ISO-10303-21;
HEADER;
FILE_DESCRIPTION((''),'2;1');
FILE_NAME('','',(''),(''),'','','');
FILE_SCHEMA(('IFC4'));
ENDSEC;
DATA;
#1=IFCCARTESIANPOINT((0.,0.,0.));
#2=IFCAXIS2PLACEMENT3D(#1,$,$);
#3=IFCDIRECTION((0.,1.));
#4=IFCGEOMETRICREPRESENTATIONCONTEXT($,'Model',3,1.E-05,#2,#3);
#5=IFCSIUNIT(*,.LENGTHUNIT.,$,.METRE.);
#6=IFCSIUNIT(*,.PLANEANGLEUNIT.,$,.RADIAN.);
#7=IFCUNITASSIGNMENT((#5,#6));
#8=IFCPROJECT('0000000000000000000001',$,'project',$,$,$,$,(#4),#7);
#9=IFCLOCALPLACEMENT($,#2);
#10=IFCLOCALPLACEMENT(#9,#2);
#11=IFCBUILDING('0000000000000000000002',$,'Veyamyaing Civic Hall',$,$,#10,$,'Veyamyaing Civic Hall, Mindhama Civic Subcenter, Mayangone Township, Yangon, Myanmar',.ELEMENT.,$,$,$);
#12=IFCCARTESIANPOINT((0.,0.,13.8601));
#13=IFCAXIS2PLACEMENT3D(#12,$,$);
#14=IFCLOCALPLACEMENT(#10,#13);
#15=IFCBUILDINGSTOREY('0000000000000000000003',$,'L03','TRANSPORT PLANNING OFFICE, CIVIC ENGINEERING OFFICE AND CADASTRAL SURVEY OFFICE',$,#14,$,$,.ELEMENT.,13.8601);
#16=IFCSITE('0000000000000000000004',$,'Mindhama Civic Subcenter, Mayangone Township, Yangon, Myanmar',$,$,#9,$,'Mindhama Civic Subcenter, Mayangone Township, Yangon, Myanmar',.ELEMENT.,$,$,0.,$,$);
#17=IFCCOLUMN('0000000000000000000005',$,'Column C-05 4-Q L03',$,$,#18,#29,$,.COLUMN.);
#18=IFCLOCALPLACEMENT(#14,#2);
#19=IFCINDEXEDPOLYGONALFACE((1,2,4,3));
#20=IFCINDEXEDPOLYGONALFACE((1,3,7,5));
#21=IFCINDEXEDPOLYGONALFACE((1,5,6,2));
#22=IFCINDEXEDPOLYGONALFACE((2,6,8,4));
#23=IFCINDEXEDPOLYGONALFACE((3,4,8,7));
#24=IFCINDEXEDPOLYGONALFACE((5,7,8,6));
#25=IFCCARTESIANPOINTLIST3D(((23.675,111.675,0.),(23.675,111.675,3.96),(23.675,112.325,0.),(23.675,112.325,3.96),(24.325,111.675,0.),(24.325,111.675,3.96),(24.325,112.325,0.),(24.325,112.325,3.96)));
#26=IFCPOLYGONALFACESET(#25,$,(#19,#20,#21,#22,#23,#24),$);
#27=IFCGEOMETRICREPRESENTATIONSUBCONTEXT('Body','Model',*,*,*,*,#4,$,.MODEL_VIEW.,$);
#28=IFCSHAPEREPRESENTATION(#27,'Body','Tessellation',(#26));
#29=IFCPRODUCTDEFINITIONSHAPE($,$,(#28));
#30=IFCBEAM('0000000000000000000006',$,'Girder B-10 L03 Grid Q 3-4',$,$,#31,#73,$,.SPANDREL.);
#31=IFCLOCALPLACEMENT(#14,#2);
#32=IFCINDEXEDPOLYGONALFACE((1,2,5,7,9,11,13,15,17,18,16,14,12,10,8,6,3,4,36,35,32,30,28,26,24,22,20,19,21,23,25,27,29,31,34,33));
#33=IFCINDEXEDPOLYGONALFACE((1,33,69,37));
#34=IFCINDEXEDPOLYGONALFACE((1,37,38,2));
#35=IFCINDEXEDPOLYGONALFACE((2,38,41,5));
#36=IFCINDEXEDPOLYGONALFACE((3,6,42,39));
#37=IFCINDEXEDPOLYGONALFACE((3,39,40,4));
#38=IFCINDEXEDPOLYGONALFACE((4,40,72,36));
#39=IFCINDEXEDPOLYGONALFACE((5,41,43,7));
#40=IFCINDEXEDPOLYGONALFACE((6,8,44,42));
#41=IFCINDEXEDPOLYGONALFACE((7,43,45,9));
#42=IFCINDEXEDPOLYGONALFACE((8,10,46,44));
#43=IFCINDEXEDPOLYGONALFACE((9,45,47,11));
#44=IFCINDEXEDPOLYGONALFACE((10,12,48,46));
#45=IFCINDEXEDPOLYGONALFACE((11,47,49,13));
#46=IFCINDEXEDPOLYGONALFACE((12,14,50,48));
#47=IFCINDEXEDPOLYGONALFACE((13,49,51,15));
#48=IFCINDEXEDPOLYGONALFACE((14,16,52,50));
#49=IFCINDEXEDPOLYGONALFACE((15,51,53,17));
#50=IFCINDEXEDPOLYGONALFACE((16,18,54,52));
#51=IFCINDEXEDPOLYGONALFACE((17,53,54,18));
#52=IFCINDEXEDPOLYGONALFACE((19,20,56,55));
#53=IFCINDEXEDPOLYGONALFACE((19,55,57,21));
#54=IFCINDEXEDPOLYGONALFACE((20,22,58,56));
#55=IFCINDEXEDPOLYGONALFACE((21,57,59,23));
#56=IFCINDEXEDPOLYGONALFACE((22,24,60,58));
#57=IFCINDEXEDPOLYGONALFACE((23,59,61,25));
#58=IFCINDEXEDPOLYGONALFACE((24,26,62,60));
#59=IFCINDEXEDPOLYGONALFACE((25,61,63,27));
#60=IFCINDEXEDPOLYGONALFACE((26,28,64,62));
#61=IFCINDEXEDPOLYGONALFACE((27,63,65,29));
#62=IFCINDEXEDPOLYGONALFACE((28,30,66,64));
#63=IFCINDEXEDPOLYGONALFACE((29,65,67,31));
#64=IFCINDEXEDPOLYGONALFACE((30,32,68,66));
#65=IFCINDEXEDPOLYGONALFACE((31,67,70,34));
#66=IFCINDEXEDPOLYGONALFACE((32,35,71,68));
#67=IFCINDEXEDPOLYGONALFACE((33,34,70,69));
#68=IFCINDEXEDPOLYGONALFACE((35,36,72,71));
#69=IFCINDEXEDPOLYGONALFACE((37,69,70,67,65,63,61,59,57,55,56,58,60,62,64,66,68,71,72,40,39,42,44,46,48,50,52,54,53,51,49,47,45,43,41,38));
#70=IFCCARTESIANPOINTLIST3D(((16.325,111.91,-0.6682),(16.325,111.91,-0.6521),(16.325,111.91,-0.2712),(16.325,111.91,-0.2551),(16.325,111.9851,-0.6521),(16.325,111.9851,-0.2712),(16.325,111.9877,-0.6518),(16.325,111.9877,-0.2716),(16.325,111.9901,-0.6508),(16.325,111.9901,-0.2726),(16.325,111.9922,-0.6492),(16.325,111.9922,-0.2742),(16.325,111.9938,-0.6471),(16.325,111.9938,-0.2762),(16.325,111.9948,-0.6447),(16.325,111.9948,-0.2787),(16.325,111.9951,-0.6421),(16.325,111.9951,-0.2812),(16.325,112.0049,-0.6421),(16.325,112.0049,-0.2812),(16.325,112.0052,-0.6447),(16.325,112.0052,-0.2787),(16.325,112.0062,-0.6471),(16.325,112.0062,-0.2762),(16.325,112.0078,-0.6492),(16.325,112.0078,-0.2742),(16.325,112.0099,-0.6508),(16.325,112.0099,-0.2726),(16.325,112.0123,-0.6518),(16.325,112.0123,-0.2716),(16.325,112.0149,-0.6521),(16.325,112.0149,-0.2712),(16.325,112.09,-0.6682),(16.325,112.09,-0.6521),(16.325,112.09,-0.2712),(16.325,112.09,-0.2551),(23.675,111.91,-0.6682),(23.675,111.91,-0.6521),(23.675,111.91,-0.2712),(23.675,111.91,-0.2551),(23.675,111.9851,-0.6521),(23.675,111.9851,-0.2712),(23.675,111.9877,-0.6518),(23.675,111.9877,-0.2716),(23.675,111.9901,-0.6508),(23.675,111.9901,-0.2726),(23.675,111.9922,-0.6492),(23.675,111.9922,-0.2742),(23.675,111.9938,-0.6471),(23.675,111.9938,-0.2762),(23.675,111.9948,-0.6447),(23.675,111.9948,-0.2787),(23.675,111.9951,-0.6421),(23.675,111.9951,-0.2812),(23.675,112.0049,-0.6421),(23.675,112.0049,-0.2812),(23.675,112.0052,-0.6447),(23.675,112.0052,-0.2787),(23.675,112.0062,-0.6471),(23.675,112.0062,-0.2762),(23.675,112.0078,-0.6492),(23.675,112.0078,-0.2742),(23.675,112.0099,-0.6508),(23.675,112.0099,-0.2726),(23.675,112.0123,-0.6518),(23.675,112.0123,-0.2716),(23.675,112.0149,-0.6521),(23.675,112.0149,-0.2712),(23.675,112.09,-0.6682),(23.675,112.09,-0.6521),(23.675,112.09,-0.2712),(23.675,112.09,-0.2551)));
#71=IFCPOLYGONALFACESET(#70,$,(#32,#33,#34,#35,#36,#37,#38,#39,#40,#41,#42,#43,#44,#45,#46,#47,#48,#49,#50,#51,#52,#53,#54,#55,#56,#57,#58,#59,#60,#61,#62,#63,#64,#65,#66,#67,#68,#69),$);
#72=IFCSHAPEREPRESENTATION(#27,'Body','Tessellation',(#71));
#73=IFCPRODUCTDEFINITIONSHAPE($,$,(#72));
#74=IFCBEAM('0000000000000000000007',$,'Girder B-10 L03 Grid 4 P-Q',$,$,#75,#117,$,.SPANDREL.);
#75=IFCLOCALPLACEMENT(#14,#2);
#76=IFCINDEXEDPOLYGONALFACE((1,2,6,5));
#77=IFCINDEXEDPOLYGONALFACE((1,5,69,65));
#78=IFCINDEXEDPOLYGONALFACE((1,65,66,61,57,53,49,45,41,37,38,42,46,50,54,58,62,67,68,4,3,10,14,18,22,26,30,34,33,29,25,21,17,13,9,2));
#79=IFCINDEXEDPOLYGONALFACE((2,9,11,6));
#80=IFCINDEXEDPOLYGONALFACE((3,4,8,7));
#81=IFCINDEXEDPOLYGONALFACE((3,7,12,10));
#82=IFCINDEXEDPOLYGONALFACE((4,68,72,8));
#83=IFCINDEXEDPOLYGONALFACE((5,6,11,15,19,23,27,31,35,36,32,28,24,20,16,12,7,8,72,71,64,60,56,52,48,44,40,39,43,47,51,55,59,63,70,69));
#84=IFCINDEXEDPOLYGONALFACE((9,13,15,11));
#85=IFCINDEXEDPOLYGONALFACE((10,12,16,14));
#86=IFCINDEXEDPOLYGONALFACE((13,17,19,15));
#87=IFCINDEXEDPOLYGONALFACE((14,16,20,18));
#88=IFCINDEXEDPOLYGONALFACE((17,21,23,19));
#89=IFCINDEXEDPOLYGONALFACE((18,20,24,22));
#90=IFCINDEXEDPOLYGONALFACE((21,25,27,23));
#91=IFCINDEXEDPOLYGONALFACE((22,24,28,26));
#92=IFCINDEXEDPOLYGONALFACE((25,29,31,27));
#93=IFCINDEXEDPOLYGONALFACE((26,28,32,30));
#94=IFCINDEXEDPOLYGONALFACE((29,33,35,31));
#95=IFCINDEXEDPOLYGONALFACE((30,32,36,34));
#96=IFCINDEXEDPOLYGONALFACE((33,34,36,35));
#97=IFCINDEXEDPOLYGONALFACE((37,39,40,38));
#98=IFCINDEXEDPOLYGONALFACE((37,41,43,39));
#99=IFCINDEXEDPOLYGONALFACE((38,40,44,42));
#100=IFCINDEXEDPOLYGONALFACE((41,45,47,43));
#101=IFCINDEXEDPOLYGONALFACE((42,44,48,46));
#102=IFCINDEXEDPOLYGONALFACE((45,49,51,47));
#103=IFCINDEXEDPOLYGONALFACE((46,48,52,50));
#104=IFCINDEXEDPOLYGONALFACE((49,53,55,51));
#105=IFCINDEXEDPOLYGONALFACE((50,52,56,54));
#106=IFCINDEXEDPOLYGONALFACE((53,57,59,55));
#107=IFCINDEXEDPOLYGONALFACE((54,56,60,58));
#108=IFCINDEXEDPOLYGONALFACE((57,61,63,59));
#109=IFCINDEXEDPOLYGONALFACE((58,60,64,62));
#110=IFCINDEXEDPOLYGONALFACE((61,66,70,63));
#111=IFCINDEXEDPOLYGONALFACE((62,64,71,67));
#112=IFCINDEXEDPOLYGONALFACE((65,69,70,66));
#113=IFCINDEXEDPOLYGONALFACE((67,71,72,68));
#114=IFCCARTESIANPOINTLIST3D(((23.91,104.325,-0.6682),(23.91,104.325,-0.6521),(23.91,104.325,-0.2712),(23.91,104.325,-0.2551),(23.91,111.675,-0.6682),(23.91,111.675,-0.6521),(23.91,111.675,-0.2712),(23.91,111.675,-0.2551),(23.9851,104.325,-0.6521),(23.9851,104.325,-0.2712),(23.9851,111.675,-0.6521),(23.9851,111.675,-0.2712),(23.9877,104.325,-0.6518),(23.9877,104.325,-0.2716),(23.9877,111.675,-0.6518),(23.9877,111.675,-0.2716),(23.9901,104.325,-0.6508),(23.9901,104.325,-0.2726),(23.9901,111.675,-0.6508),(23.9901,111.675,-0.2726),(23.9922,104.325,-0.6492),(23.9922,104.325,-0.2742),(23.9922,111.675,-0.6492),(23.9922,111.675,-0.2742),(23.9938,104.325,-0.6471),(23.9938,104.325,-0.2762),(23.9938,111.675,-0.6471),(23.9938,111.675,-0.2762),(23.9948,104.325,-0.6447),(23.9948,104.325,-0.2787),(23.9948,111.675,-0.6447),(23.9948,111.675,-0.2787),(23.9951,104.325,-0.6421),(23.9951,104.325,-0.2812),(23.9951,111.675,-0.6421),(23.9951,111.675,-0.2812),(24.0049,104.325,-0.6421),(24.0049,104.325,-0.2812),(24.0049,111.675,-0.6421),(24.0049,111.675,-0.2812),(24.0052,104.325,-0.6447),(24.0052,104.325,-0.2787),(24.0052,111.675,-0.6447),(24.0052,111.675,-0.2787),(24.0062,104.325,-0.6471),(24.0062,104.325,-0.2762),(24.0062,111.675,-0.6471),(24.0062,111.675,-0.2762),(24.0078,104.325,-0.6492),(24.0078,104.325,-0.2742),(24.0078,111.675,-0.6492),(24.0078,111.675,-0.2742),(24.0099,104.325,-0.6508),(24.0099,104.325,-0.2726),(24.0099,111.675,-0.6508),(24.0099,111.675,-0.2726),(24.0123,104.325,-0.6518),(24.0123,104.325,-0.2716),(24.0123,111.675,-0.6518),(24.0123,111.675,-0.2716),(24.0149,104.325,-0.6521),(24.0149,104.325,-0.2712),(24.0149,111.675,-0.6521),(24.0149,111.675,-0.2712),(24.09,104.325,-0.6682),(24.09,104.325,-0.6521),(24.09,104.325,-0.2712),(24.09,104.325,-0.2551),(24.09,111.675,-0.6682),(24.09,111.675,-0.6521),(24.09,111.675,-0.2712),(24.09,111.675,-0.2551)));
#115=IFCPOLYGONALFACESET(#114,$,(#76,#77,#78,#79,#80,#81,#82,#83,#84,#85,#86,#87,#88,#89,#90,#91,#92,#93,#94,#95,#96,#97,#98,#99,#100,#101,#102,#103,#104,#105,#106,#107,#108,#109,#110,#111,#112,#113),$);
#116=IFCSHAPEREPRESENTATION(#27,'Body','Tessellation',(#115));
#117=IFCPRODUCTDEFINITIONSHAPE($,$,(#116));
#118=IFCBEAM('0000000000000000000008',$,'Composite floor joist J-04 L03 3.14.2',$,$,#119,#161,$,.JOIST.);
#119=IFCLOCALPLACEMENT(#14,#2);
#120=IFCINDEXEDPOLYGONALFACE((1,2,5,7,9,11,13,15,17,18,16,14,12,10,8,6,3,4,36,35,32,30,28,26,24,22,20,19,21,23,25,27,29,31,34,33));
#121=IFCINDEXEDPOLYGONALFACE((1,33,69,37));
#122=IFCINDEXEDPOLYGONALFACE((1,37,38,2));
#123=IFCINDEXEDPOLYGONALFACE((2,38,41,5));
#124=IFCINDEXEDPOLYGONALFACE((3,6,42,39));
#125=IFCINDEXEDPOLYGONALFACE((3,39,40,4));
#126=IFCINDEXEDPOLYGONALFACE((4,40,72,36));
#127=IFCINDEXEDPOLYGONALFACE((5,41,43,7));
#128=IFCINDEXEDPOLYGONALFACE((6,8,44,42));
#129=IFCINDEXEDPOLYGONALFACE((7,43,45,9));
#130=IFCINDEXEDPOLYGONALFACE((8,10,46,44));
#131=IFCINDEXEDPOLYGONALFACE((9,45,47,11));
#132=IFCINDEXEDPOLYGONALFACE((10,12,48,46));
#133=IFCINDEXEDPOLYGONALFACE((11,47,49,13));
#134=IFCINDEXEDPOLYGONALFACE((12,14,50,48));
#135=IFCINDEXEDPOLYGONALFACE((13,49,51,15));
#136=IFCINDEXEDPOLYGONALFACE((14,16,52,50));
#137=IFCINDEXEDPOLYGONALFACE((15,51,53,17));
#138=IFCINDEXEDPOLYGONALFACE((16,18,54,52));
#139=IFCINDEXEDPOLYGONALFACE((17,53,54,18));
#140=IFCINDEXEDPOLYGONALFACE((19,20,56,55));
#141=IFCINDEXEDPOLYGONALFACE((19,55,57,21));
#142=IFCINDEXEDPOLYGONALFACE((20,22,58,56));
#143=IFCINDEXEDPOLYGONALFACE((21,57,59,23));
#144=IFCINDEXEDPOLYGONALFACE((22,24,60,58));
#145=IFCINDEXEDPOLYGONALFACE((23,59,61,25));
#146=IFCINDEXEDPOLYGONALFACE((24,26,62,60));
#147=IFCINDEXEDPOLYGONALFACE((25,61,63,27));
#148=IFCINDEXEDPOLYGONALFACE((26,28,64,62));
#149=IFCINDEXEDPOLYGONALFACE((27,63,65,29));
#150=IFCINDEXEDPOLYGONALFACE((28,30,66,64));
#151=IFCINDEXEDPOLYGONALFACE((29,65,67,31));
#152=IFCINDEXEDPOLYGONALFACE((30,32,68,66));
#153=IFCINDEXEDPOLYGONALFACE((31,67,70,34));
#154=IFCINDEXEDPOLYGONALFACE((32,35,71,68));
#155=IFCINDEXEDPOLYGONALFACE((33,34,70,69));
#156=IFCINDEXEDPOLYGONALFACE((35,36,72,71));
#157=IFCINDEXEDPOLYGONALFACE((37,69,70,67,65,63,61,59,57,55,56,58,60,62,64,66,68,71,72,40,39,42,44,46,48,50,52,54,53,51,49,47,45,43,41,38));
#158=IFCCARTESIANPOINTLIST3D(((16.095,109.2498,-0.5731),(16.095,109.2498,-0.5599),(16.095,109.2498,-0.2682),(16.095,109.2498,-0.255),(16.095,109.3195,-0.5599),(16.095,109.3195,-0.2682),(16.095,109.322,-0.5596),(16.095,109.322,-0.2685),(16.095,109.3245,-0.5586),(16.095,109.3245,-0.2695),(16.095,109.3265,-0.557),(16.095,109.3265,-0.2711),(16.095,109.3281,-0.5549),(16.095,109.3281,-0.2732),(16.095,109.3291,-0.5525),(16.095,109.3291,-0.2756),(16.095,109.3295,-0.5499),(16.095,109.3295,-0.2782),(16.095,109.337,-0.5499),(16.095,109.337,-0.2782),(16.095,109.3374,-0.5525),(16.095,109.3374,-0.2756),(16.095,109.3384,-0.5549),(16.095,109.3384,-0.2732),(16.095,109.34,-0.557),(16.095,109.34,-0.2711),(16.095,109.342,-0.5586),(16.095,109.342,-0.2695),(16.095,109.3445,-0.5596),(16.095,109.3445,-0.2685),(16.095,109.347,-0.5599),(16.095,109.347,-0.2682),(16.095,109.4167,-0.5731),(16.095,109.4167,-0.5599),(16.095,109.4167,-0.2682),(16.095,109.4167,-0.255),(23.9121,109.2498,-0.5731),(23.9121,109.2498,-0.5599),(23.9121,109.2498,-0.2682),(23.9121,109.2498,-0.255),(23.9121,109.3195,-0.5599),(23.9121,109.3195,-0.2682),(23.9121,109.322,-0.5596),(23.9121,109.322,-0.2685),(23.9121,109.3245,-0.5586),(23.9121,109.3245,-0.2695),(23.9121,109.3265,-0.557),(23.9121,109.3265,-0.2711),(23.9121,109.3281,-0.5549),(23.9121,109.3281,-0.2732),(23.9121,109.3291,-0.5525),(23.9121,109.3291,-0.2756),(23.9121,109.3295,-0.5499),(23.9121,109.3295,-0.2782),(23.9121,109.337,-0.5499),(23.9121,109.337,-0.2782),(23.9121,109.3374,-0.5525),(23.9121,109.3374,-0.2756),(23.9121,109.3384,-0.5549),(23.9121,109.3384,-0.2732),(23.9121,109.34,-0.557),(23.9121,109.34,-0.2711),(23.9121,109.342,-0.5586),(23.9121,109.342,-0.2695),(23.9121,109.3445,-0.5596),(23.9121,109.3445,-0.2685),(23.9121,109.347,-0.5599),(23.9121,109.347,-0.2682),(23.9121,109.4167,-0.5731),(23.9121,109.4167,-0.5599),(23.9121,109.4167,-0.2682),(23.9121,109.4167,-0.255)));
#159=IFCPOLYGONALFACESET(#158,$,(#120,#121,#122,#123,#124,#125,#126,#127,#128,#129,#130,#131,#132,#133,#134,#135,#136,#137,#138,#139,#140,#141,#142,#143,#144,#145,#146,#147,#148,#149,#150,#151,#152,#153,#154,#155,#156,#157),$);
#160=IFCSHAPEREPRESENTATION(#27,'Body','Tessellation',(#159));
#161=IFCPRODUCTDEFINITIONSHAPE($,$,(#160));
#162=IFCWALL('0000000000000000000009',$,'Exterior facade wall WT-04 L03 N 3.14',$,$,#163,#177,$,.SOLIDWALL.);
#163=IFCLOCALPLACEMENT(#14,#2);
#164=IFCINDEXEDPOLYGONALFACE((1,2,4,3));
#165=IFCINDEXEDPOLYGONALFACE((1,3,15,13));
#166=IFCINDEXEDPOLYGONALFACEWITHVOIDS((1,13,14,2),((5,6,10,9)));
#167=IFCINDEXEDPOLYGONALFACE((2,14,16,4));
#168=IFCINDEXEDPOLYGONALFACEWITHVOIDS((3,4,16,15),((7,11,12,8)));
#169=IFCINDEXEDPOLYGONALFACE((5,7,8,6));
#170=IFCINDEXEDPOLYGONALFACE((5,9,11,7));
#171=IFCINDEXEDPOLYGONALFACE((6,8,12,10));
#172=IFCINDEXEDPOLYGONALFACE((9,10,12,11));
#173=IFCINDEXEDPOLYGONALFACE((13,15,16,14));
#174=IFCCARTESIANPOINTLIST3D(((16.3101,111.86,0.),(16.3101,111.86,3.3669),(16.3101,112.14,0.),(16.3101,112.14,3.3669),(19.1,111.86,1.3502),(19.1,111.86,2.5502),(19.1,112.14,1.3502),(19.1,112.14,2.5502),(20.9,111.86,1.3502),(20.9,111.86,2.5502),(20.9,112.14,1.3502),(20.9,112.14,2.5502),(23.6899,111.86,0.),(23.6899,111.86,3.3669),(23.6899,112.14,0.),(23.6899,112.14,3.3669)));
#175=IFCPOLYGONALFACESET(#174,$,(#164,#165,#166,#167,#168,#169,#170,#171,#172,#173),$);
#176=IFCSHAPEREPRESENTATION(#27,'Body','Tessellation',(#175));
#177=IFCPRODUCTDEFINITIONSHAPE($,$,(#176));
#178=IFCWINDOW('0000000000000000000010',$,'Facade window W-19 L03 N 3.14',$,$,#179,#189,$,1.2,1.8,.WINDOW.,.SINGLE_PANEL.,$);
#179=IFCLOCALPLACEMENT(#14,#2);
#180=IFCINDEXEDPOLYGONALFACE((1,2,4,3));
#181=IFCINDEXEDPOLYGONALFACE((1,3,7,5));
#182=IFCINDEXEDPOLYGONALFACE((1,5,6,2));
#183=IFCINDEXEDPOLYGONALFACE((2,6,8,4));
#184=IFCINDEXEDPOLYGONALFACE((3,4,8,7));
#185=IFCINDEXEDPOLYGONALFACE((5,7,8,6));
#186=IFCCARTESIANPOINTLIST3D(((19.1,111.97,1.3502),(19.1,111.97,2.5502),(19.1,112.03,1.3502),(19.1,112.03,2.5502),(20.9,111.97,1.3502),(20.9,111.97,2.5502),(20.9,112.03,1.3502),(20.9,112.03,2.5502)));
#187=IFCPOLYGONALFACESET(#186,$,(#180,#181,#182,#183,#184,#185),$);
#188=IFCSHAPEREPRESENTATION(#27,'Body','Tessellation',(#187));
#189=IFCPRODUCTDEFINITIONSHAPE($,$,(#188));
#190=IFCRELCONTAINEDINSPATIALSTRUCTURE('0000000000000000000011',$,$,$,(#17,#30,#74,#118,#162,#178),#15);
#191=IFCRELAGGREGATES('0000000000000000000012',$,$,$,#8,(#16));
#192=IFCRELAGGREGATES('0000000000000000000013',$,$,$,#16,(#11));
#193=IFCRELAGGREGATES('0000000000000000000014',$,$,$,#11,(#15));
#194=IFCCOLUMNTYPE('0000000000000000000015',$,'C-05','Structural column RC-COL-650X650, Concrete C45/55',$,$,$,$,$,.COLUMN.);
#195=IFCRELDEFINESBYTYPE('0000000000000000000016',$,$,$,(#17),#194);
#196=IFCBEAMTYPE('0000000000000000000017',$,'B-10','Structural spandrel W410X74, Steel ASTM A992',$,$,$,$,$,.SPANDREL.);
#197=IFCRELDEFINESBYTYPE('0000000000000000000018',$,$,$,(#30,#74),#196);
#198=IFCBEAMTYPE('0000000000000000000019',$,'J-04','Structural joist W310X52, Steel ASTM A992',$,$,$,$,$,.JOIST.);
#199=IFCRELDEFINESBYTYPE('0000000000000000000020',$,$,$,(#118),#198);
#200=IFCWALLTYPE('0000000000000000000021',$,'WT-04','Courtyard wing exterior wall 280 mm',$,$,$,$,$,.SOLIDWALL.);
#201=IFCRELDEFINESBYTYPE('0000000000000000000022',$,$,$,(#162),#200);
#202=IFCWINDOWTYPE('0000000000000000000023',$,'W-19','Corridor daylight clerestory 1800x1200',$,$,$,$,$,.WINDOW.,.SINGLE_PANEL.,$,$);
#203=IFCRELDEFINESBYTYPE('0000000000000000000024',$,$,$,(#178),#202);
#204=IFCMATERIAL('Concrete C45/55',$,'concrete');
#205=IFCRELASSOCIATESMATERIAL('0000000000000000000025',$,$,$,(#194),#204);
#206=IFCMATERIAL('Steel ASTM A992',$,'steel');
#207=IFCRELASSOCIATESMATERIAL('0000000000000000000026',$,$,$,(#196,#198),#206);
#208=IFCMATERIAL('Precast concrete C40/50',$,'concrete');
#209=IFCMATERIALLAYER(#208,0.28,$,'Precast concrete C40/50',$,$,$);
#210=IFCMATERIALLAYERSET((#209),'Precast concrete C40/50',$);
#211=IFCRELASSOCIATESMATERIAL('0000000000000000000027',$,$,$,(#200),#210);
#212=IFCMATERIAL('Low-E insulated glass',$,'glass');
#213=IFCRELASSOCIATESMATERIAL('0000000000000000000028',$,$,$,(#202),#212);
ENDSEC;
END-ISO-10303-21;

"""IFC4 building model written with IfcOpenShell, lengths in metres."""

from ifc_helpers import new_model, si_unit, direction, frame, frame_2d, origin, origin_2d, place, context, subcontext, project, spatial, rectangle, i_section, extrude, material, layer, layer_set, material_profile, profile_set, type_object, element, fill, save


model = new_model("IFC4")

# Units and contexts
model_context = context("Model", 3, precision=1e-05, world=origin(), true_north=direction((0.0, 1.0)))
body_context = subcontext(model_context, "Body", "Model", "MODEL_VIEW")
ifc_project = project(units=[si_unit("LENGTHUNIT", "METRE"), si_unit("PLANEANGLEUNIT", "RADIAN")], contexts=[model_context])

# Site, building, storey
site_placement = place(None, origin())
site = spatial("IfcSite", under=ifc_project, at=site_placement, Name="Mindhama Civic Subcenter, Mayangone Township, Yangon, Myanmar", LongName="Mindhama Civic Subcenter, Mayangone Township, Yangon, Myanmar", CompositionType="ELEMENT", RefElevation=0.0)
building_placement = place(site_placement, origin())
building = spatial("IfcBuilding", under=site, at=building_placement, Name="Veyamyaing Civic Hall", LongName="Veyamyaing Civic Hall, Mindhama Civic Subcenter, Mayangone Township, Yangon, Myanmar", CompositionType="ELEMENT")
storey_placement = place(building_placement, frame((0.0, 0.0, 13.8601)))
storey = spatial("IfcBuildingStorey", under=building, at=storey_placement, Name="L03", Description="TRANSPORT PLANNING OFFICE, CIVIC ENGINEERING OFFICE AND CADASTRAL SURVEY OFFICE", CompositionType="ELEMENT", Elevation=13.8601)

# Column
ifc_material_1 = material(Name="Concrete C45/55", Category="concrete")
ifc_material_profile_1 = material_profile(ifc_material_1, rectangle(XDim=0.6499, YDim=0.6499, at=origin_2d()), Name="RC-COL-650X650")
ifc_profile_set_1 = profile_set([ifc_material_profile_1], Name="Concrete C45/55")
column_type = type_object("IfcColumnType", Name="C-05", Description="Structural column RC-COL-650X650, Concrete C45/55", PredefinedType="COLUMN", material=ifc_profile_set_1)
column_placement = place(storey_placement, frame((24.0, 112.0, 0.0), z_axis=(0.0, 0.0, 1.0), x_axis=(1.0, 0.0, 0.0)))
element("IfcColumn", 1, at=column_placement, inside=storey, type_object=column_type, Name="Column C-05 4-Q L03", PredefinedType="COLUMN", context=body_context, shape_type="SweptSolid", body=[
    extrude(rectangle(XDim=0.6499, YDim=0.6499, at=origin_2d()), origin(), (0.0, 0.0, 1.0), 3.96),
])

# Beams
ifc_material_2 = material(Name="Steel ASTM A992", Category="steel")
ifc_material_profile_2 = material_profile(ifc_material_2, i_section(OverallWidth=0.1799, OverallDepth=0.4131, WebThickness=0.0098, FlangeThickness=0.0161, FilletRadius=0.01, at=origin_2d()), Name="W410X74")
ifc_profile_set_2 = profile_set([ifc_material_profile_2], Name="Steel ASTM A992")
beam_type_1 = type_object("IfcBeamType", Name="B-10", Description="Structural spandrel W410X74, Steel ASTM A992", PredefinedType="SPANDREL", material=ifc_profile_set_2)
for number, where, z_axis, x_axis, name in (
    (2, (16.325, 112.0, -0.4617), (1.0, 0.0, 0.0), (0.0, 1.0, 0.0), "Girder B-10 L03 Grid Q 3-4"),
    (3, (24.0, 104.325, -0.4617), (0.0, 1.0, 0.0), (-1.0, 0.0, 0.0), "Girder B-10 L03 Grid 4 P-Q"),
):
    element("IfcBeam", number, at=place(storey_placement, frame(where, z_axis=z_axis, x_axis=x_axis)), inside=storey, type_object=beam_type_1, Name=name, PredefinedType="SPANDREL", context=body_context, shape_type="SweptSolid", body=[
        extrude(i_section(OverallWidth=0.1799, OverallDepth=0.4131, WebThickness=0.0098, FlangeThickness=0.0161, FilletRadius=0.01, at=origin_2d()), origin(), (0.0, 0.0, 1.0), 7.3501),
    ])
ifc_material_profile_3 = material_profile(ifc_material_2, i_section(OverallWidth=0.167, OverallDepth=0.3181, WebThickness=0.0076, FlangeThickness=0.0132, FilletRadius=0.01, at=origin_2d()), Name="W310X52")
ifc_profile_set_3 = profile_set([ifc_material_profile_3], Name="Steel ASTM A992")
beam_type_2 = type_object("IfcBeamType", Name="J-04", Description="Structural joist W310X52, Steel ASTM A992", PredefinedType="JOIST", material=ifc_profile_set_3)
beam_placement = place(storey_placement, frame((16.095, 109.3333, -0.4141), z_axis=(1.0, 0.0, 0.0), x_axis=(0.0, 1.0, 0.0)))
element("IfcBeam", 4, at=beam_placement, inside=storey, type_object=beam_type_2, Name="Composite floor joist J-04 L03 3.14.2", PredefinedType="JOIST", context=body_context, shape_type="SweptSolid", body=[
    extrude(i_section(OverallWidth=0.167, OverallDepth=0.3181, WebThickness=0.0076, FlangeThickness=0.0132, FilletRadius=0.01, at=origin_2d()), origin(), (0.0, 0.0, 1.0), 7.8171),
])

# Wall, opening, window
ifc_material_3 = material(Name="Precast concrete C40/50", Category="concrete")
ifc_layer_1 = layer(ifc_material_3, 0.28, Name="Precast concrete C40/50")
ifc_layer_set_1 = layer_set([ifc_layer_1], Name="Precast concrete C40/50")
wall_type = type_object("IfcWallType", Name="WT-04", Description="Courtyard wing exterior wall 280 mm", PredefinedType="SOLIDWALL", material=ifc_layer_set_1)
wall_1_placement = place(storey_placement, frame((16.3101, 112.0, 0.0), z_axis=(0.0, 0.0, 1.0), x_axis=(1.0, 0.0, 0.0)))
wall_1 = element("IfcWall", 5, at=wall_1_placement, inside=storey, type_object=wall_type, Name="Exterior facade wall WT-04 L03 N 3.14", PredefinedType="SOLIDWALL", context=body_context, shape_type="SweptSolid", body=[
    extrude(rectangle(XDim=7.3799, YDim=0.28, at=frame_2d((3.6899, 0.0))), origin(), (0.0, 0.0, 1.0), 3.3669),
])
opening_1_placement = place(wall_1_placement, frame((2.79, 0.0, 1.3501)))
opening_1 = element("IfcOpeningElement", 6, at=opening_1_placement, cuts=wall_1, PredefinedType="OPENING", context=body_context, shape_type="SweptSolid", body=[
    extrude(rectangle(XDim=1.8, YDim=1.2, at=frame_2d((0.8999, 0.6001))), frame((0.0, 0.1499, 0.0), z_axis=(0.0, -1.0, 0.0), x_axis=(1.0, 0.0, 0.0)), (0.0, 0.0, 1.0), 0.3),
])
ifc_material_4 = material(Name="Low-E insulated glass", Category="glass")
window_type = type_object("IfcWindowType", Name="W-19", Description="Corridor daylight clerestory 1800x1200", PartitioningType="SINGLE_PANEL", PredefinedType="WINDOW", material=ifc_material_4)
window_1_placement = place(opening_1_placement, origin())
window_1 = element("IfcWindow", 7, at=window_1_placement, inside=storey, type_object=window_type, Name="Facade window W-19 L03 N 3.14", OverallHeight=1.2, OverallWidth=1.8, PartitioningType="SINGLE_PANEL", PredefinedType="WINDOW", context=body_context, shape_type="SweptSolid", body=[
    extrude(rectangle(XDim=1.8, YDim=1.2, at=frame_2d((0.8999, 0.6001))), frame((0.0, 0.03, 0.0), z_axis=(0.0, -1.0, 0.0), x_axis=(1.0, 0.0, 0.0)), (0.0, 0.0, 1.0), 0.0601),
])
fill(opening_1, window_1)

save(model, "model.ifc")
